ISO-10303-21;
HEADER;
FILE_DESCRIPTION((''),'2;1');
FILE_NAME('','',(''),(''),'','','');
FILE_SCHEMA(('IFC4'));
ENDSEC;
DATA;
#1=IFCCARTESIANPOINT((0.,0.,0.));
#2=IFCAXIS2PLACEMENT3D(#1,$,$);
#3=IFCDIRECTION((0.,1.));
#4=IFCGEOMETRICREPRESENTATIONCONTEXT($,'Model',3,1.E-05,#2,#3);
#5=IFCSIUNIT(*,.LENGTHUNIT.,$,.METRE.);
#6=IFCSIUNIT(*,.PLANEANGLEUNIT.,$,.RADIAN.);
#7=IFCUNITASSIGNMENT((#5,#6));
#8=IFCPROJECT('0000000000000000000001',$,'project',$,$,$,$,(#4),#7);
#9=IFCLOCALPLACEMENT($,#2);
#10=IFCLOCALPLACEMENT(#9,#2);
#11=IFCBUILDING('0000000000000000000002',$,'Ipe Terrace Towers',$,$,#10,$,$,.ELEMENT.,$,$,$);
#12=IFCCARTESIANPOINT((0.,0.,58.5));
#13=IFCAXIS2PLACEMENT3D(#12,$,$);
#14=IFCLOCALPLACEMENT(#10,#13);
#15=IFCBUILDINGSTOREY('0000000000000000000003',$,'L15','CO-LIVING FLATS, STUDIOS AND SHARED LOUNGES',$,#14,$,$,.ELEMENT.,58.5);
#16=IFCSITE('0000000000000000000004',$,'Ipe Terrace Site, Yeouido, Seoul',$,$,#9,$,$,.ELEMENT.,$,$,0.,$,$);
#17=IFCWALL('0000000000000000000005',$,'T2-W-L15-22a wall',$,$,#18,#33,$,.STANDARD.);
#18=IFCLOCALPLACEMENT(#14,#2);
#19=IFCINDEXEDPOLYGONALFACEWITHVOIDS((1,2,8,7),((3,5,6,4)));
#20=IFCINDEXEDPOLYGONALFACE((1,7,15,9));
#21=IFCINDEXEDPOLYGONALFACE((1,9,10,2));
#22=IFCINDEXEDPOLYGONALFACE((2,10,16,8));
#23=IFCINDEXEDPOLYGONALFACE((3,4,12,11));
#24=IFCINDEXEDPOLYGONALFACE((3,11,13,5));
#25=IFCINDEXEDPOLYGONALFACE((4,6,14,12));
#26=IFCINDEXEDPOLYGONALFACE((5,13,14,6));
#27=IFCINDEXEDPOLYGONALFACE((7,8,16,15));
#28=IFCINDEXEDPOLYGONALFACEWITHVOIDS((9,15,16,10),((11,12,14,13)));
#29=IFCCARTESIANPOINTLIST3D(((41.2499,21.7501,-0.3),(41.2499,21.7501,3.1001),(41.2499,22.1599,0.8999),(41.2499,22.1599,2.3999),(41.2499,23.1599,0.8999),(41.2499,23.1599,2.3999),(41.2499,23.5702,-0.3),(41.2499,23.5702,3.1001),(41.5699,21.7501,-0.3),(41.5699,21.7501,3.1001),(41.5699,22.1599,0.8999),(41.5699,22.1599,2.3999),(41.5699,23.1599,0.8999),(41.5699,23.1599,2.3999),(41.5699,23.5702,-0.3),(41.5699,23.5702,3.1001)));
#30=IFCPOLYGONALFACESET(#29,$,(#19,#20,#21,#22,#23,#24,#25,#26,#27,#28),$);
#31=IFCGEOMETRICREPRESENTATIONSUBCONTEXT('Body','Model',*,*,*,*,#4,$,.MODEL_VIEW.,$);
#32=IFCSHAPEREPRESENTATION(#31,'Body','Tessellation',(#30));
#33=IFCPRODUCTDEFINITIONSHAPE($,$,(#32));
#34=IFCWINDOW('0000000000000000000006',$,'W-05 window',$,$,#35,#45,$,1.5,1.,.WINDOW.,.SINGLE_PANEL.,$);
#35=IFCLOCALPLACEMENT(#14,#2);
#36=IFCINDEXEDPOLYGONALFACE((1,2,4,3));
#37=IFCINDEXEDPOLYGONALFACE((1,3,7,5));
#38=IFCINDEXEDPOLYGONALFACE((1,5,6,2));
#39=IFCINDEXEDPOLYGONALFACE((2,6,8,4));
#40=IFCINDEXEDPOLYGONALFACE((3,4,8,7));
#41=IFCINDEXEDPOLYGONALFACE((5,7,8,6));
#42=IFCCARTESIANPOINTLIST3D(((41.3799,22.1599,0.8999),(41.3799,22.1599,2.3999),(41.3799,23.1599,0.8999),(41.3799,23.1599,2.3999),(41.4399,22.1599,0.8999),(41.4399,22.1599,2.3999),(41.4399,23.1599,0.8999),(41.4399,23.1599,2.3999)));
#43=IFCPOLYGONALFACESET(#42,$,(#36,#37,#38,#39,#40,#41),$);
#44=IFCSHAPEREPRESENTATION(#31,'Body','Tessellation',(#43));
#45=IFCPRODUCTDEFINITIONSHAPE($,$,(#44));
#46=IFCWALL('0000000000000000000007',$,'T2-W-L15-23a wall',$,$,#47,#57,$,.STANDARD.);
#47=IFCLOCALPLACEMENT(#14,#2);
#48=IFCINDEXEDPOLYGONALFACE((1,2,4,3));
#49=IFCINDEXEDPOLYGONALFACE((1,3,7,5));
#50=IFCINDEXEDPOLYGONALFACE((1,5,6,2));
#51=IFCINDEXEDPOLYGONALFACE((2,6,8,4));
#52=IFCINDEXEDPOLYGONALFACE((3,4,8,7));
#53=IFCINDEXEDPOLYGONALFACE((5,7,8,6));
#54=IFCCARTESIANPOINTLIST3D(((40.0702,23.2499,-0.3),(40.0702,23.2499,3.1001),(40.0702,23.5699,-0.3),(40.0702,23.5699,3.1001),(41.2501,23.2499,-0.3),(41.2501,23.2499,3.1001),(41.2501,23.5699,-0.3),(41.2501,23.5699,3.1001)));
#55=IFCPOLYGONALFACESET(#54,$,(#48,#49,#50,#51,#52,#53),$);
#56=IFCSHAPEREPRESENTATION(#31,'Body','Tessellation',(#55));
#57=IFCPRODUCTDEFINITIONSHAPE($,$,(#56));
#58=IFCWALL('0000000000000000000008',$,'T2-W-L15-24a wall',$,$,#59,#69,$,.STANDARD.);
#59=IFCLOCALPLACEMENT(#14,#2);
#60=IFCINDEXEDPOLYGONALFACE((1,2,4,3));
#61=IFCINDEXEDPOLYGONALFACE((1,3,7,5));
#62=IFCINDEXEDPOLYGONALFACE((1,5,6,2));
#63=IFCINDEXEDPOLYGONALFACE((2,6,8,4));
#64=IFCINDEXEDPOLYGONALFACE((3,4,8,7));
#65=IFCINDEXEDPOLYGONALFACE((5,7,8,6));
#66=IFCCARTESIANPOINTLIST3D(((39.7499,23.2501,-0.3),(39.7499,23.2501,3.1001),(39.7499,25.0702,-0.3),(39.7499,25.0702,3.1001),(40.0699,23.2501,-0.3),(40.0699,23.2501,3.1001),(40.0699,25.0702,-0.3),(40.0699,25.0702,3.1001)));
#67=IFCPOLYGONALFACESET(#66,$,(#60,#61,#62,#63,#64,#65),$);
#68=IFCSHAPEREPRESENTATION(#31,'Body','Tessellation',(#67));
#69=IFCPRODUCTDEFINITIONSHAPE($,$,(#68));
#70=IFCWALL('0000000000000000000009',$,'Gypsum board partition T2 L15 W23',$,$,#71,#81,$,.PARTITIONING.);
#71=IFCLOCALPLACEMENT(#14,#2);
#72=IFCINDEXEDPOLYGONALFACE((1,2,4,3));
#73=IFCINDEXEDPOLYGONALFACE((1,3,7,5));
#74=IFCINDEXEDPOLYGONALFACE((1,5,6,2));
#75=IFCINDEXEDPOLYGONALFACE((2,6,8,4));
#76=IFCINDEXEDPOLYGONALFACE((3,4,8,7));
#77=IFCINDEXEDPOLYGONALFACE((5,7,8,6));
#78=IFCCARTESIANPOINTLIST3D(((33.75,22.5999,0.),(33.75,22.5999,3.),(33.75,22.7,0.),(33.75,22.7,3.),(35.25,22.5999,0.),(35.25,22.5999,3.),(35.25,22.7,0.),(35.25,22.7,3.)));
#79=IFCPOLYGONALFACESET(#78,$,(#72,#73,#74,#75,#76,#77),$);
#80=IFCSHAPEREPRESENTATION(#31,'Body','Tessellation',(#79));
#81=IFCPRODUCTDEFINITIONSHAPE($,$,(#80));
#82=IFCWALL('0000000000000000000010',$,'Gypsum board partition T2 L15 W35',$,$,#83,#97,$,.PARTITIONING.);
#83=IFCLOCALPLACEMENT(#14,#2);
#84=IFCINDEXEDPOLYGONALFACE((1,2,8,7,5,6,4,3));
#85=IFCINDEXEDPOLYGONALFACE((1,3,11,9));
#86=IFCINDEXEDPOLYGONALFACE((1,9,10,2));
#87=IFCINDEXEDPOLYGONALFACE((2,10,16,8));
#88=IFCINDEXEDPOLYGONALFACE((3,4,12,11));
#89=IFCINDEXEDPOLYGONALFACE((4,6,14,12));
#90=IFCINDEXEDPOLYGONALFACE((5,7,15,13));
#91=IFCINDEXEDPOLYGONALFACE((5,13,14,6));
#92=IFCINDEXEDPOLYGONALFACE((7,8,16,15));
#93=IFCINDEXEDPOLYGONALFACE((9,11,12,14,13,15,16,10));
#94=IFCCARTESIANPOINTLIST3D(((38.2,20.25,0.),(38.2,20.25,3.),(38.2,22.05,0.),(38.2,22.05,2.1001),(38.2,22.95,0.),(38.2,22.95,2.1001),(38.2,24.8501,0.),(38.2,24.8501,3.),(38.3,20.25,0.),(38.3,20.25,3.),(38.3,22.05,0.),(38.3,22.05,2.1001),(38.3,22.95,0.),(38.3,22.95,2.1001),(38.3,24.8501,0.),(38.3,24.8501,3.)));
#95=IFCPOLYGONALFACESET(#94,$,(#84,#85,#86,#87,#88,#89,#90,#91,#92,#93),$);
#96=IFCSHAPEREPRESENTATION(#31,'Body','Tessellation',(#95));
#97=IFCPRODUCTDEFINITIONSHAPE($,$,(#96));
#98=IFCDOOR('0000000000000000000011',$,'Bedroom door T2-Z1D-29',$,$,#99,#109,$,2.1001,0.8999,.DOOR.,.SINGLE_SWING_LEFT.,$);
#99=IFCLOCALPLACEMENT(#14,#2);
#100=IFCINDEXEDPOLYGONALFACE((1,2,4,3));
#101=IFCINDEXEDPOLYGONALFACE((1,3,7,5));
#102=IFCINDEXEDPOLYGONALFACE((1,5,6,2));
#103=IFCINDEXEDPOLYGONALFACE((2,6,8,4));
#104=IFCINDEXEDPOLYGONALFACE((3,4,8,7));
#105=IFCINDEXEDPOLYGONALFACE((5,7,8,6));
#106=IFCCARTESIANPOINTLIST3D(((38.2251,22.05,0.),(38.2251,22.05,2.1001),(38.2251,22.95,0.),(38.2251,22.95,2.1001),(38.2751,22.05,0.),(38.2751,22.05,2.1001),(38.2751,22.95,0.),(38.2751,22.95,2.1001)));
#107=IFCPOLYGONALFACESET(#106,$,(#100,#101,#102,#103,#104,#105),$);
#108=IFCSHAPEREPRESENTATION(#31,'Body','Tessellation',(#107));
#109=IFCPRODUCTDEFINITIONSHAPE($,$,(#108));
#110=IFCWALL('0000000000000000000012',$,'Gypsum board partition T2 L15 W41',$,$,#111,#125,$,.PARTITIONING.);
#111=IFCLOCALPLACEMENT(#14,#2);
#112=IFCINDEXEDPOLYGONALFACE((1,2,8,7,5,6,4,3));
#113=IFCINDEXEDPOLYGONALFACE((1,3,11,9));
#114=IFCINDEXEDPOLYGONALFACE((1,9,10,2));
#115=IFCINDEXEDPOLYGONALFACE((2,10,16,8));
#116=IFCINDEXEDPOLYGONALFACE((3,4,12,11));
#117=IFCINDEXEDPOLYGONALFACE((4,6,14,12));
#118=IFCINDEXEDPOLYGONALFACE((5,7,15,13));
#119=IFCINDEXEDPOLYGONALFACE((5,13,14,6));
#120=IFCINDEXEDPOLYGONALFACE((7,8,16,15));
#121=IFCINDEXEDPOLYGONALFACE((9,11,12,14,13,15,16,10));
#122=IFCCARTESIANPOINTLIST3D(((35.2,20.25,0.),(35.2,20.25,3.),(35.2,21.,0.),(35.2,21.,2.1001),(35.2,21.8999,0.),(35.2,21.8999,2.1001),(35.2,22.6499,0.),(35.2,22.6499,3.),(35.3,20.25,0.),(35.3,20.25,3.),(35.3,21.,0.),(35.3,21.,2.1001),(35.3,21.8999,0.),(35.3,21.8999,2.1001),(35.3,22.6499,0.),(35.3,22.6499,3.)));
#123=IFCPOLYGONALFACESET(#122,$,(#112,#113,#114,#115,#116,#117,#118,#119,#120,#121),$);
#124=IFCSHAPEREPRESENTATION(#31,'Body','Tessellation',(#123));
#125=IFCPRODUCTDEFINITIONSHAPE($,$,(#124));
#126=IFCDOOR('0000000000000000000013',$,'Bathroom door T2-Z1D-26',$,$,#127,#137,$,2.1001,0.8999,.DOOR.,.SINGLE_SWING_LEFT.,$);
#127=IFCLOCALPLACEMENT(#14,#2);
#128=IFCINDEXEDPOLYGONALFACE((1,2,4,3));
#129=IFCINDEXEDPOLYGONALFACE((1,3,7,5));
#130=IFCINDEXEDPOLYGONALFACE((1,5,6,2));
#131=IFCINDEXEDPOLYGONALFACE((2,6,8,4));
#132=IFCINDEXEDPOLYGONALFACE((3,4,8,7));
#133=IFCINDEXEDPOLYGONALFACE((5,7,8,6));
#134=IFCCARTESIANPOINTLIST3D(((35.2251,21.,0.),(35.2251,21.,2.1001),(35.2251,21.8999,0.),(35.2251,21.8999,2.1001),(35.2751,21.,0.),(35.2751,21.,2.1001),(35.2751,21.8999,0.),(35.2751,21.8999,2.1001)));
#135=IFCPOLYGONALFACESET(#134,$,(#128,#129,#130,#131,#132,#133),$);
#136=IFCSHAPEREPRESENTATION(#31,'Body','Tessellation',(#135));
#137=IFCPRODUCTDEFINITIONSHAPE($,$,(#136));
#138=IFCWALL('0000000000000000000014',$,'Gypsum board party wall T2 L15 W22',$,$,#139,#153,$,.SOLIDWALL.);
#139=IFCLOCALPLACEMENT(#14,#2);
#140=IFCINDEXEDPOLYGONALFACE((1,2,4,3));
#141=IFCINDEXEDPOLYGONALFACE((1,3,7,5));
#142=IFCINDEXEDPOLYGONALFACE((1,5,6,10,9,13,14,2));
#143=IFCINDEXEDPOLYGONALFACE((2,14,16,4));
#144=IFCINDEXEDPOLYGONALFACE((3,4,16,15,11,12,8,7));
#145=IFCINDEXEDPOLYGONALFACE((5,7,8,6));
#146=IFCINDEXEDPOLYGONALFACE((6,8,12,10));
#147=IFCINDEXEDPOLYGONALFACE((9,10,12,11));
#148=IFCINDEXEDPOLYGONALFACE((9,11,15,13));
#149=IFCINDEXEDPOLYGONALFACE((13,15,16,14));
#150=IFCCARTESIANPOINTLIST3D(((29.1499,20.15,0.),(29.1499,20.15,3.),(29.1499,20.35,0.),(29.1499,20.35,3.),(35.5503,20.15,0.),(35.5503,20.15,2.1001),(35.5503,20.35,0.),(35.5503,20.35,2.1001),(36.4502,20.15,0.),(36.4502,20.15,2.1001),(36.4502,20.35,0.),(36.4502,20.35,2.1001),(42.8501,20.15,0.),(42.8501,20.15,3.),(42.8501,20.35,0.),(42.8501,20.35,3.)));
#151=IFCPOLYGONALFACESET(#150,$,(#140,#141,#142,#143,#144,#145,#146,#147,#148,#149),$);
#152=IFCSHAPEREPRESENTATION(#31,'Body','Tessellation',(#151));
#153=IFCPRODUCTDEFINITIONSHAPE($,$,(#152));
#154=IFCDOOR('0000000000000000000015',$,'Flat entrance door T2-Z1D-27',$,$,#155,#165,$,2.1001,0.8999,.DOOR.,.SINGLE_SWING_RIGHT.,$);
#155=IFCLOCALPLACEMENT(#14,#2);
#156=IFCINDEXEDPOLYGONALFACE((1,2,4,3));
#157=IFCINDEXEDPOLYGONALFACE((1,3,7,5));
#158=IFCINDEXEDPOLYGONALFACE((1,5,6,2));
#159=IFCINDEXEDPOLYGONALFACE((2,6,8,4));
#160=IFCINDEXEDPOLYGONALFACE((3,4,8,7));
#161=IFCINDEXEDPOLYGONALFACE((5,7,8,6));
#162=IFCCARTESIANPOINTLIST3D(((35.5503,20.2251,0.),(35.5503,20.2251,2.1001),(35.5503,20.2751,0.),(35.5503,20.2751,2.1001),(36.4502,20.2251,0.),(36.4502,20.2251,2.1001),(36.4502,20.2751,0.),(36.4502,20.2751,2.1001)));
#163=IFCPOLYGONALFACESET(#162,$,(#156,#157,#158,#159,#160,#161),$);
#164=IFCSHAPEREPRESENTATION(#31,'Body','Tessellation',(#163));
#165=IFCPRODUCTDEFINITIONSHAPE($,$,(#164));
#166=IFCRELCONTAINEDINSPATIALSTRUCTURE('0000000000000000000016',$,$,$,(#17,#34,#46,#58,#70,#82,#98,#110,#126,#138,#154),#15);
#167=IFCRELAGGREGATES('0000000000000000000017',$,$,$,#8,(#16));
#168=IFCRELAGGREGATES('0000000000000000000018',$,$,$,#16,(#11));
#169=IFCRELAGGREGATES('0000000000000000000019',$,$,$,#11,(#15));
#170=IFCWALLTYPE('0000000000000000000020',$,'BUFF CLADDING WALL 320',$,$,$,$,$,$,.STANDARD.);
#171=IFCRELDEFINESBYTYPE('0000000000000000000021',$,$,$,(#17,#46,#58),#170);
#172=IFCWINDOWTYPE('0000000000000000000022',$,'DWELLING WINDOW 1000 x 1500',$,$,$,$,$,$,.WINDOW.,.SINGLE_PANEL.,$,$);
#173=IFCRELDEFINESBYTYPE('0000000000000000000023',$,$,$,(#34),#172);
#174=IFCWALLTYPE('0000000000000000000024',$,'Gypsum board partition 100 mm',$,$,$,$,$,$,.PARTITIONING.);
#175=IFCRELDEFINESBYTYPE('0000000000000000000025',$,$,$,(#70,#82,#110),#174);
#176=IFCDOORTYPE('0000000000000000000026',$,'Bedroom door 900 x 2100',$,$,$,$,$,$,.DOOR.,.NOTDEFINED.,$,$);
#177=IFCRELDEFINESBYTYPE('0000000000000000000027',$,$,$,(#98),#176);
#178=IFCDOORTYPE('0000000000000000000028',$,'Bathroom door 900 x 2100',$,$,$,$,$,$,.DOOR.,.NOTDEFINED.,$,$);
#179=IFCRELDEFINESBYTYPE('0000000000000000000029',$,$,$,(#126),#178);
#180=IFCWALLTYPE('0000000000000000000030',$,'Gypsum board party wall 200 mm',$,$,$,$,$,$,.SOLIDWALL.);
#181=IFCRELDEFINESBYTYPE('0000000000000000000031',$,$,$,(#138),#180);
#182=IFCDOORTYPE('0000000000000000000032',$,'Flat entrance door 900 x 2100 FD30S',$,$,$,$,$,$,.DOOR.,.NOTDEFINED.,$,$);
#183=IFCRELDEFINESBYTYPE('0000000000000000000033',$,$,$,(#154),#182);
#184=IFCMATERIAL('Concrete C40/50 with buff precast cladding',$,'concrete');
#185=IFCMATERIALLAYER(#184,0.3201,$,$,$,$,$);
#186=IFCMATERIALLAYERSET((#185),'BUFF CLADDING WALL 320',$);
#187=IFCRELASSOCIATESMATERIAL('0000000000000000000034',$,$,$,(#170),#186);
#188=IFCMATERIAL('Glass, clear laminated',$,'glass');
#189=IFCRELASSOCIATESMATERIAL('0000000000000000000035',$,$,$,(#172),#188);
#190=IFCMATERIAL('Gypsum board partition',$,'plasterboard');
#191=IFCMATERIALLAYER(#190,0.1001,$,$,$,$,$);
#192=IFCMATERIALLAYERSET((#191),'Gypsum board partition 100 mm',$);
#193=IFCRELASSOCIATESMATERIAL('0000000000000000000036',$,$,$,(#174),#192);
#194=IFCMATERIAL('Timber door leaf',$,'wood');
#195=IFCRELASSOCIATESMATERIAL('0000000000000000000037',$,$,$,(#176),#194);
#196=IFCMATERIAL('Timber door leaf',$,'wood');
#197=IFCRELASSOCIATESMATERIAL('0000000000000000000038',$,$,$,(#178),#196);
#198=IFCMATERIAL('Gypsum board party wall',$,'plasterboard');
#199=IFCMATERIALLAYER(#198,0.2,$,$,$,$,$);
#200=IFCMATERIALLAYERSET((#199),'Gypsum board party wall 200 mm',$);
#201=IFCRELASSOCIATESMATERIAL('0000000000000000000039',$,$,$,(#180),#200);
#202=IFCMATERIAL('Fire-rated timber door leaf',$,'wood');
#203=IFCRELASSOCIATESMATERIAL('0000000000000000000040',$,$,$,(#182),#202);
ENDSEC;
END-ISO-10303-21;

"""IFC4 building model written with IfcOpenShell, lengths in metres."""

from ifc_helpers import new_model, si_unit, direction, frame, frame_2d, origin, place, context, subcontext, project, spatial, rectangle, extrude, material, layer, layer_set, type_object, element, fill, save


model = new_model("IFC4")

# Units and contexts
model_context = context("Model", 3, precision=1e-05, world=origin(), true_north=direction((0.0, 1.0)))
body_context = subcontext(model_context, "Body", "Model", "MODEL_VIEW")
ifc_project = project(units=[si_unit("LENGTHUNIT", "METRE"), si_unit("PLANEANGLEUNIT", "RADIAN")], contexts=[model_context])

# Site, building, storey
site_placement = place(None, origin())
site = spatial("IfcSite", under=ifc_project, at=site_placement, Name="Ipe Terrace Site, Yeouido, Seoul", CompositionType="ELEMENT", RefElevation=0.0)
building_placement = place(site_placement, origin())
building = spatial("IfcBuilding", under=site, at=building_placement, Name="Ipe Terrace Towers", CompositionType="ELEMENT")
storey_placement = place(building_placement, frame((0.0, 0.0, 58.5)))
storey = spatial("IfcBuildingStorey", under=building, at=storey_placement, Name="L15", Description="CO-LIVING FLATS, STUDIOS AND SHARED LOUNGES", CompositionType="ELEMENT", Elevation=58.5)

# Shared definitions
ifc_material_1 = material(Name="Concrete C40/50 with buff precast cladding", Category="concrete")
ifc_layer_1 = layer(ifc_material_1, 0.3201)
ifc_layer_set_1 = layer_set([ifc_layer_1], Name="BUFF CLADDING WALL 320")
wall_type_1 = type_object("IfcWallType", Name="BUFF CLADDING WALL 320", PredefinedType="STANDARD", material=ifc_layer_set_1)

# Wall, opening, window
wall_1_placement = place(storey_placement, frame((41.4099, 21.75, -0.3), z_axis=(0.0, 0.0, 1.0), x_axis=(0.0, 1.0, 0.0)))
wall_1 = element("IfcWall", 1, at=wall_1_placement, inside=storey, type_object=wall_type_1, Name="T2-W-L15-22a wall", PredefinedType="STANDARD", context=body_context, shape_type="SweptSolid", body=[
    extrude(rectangle(XDim=1.8201, YDim=0.3201, at=frame_2d((0.9102, 0.0))), origin(), (0.0, 0.0, 1.0), 3.4001),
])
opening_1_placement = place(wall_1_placement, frame((0.4099, 0.0, 1.2)))
opening_1 = element("IfcOpeningElement", 2, at=opening_1_placement, cuts=wall_1, PredefinedType="OPENING", context=body_context, shape_type="SweptSolid", body=[
    extrude(rectangle(XDim=1.0, YDim=1.5, at=frame_2d((0.5, 0.75))), frame((0.0, 0.1699, 0.0), z_axis=(0.0, -1.0, 0.0), x_axis=(1.0, 0.0, 0.0)), (0.0, 0.0, 1.0), 0.3401),
])
ifc_material_2 = material(Name="Glass, clear laminated", Category="glass")
window_type = type_object("IfcWindowType", Name="DWELLING WINDOW 1000 x 1500", PartitioningType="SINGLE_PANEL", PredefinedType="WINDOW", material=ifc_material_2)
window_placement = place(opening_1_placement, origin())
window = element("IfcWindow", 3, at=window_placement, inside=storey, type_object=window_type, Name="W-05 window", OverallHeight=1.5, OverallWidth=1.0, PartitioningType="SINGLE_PANEL", PredefinedType="WINDOW", context=body_context, shape_type="SweptSolid", body=[
    extrude(rectangle(XDim=1.0, YDim=1.5, at=frame_2d((0.5, 0.75))), frame((0.0, 0.03, 0.0), z_axis=(0.0, -1.0, 0.0), x_axis=(1.0, 0.0, 0.0)), (0.0, 0.0, 1.0), 0.0601),
])
fill(opening_1, window)

# Walls
wall_2_placement = place(storey_placement, frame((41.25, 23.4099, -0.3), z_axis=(0.0, 0.0, 1.0), x_axis=(-1.0, 0.0, 0.0)))
element("IfcWall", 4, at=wall_2_placement, inside=storey, type_object=wall_type_1, Name="T2-W-L15-23a wall", PredefinedType="STANDARD", context=body_context, shape_type="SweptSolid", body=[
    extrude(rectangle(XDim=1.1799, YDim=0.3201, at=frame_2d((0.5898, 0.0))), origin(), (0.0, 0.0, 1.0), 3.4001),
])
wall_3_placement = place(storey_placement, frame((39.9099, 23.25, -0.3), z_axis=(0.0, 0.0, 1.0), x_axis=(0.0, 1.0, 0.0)))
element("IfcWall", 5, at=wall_3_placement, inside=storey, type_object=wall_type_1, Name="T2-W-L15-24a wall", PredefinedType="STANDARD", context=body_context, shape_type="SweptSolid", body=[
    extrude(rectangle(XDim=1.8201, YDim=0.3201, at=frame_2d((0.9102, 0.0))), origin(), (0.0, 0.0, 1.0), 3.4001),
])
ifc_material_3 = material(Name="Gypsum board partition", Category="plasterboard")
ifc_layer_2 = layer(ifc_material_3, 0.1001)
ifc_layer_set_2 = layer_set([ifc_layer_2], Name="Gypsum board partition 100 mm")
wall_type_2 = type_object("IfcWallType", Name="Gypsum board partition 100 mm", PredefinedType="PARTITIONING", material=ifc_layer_set_2)
wall_4_placement = place(storey_placement, frame((35.25, 22.6499, 0.0), z_axis=(0.0, 0.0, 1.0), x_axis=(-1.0, 0.0, 0.0)))
element("IfcWall", 6, at=wall_4_placement, inside=storey, type_object=wall_type_2, Name="Gypsum board partition T2 L15 W23", PredefinedType="PARTITIONING", context=body_context, shape_type="SweptSolid", body=[
    extrude(rectangle(XDim=1.5, YDim=0.1001, at=frame_2d((0.75, 0.0))), origin(), (0.0, 0.0, 1.0), 3.0),
])

# Walls, openings, doors
wall_5_placement = place(storey_placement, frame((38.25, 20.25, 0.0), z_axis=(0.0, 0.0, 1.0), x_axis=(0.0, 1.0, 0.0)))
wall_5 = element("IfcWall", 7, at=wall_5_placement, inside=storey, type_object=wall_type_2, Name="Gypsum board partition T2 L15 W35", PredefinedType="PARTITIONING", context=body_context, shape_type="SweptSolid", body=[
    extrude(rectangle(XDim=4.6001, YDim=0.1001, at=frame_2d((2.3, 0.0))), origin(), (0.0, 0.0, 1.0), 3.0),
])
opening_2_placement = place(wall_5_placement, frame((1.8, 0.0, 0.0)))
opening_2 = element("IfcOpeningElement", 8, at=opening_2_placement, cuts=wall_5, PredefinedType="OPENING", context=body_context, shape_type="SweptSolid", body=[
    extrude(rectangle(XDim=0.8999, YDim=2.1001, at=frame_2d((0.45, 1.05))), frame((0.0, 0.0601, 0.0), z_axis=(0.0, -1.0, 0.0), x_axis=(1.0, 0.0, 0.0)), (0.0, 0.0, 1.0), 0.1201),
])
ifc_material_4 = material(Name="Timber door leaf", Category="wood")
door_type_1 = type_object("IfcDoorType", Name="Bedroom door 900 x 2100", OperationType="NOTDEFINED", PredefinedType="DOOR", material=ifc_material_4)
door_1_placement = place(opening_2_placement, origin())
door_1 = element("IfcDoor", 9, at=door_1_placement, inside=storey, type_object=door_type_1, Name="Bedroom door T2-Z1D-29", OperationType="SINGLE_SWING_LEFT", OverallHeight=2.1001, OverallWidth=0.8999, PredefinedType="DOOR", context=body_context, shape_type="SweptSolid", body=[
    extrude(rectangle(XDim=0.8999, YDim=2.1001, at=frame_2d((0.45, 1.05))), frame((0.0, 0.0249, 0.0), z_axis=(0.0, -1.0, 0.0), x_axis=(1.0, 0.0, 0.0)), (0.0, 0.0, 1.0), 0.05),
])
fill(opening_2, door_1)
wall_6_placement = place(storey_placement, frame((35.25, 20.25, 0.0), z_axis=(0.0, 0.0, 1.0), x_axis=(0.0, 1.0, 0.0)))
wall_6 = element("IfcWall", 10, at=wall_6_placement, inside=storey, type_object=wall_type_2, Name="Gypsum board partition T2 L15 W41", PredefinedType="PARTITIONING", context=body_context, shape_type="SweptSolid", body=[
    extrude(rectangle(XDim=2.3999, YDim=0.1001, at=frame_2d((1.2, 0.0))), origin(), (0.0, 0.0, 1.0), 3.0),
])
opening_3_placement = place(wall_6_placement, frame((0.75, 0.0, 0.0)))
opening_3 = element("IfcOpeningElement", 11, at=opening_3_placement, cuts=wall_6, PredefinedType="OPENING", context=body_context, shape_type="SweptSolid", body=[
    extrude(rectangle(XDim=0.8999, YDim=2.1001, at=frame_2d((0.45, 1.05))), frame((0.0, 0.0601, 0.0), z_axis=(0.0, -1.0, 0.0), x_axis=(1.0, 0.0, 0.0)), (0.0, 0.0, 1.0), 0.1201),
])
ifc_material_5 = material(Name="Timber door leaf", Category="wood")
door_type_2 = type_object("IfcDoorType", Name="Bathroom door 900 x 2100", OperationType="NOTDEFINED", PredefinedType="DOOR", material=ifc_material_5)
door_2_placement = place(opening_3_placement, origin())
door_2 = element("IfcDoor", 12, at=door_2_placement, inside=storey, type_object=door_type_2, Name="Bathroom door T2-Z1D-26", OperationType="SINGLE_SWING_LEFT", OverallHeight=2.1001, OverallWidth=0.8999, PredefinedType="DOOR", context=body_context, shape_type="SweptSolid", body=[
    extrude(rectangle(XDim=0.8999, YDim=2.1001, at=frame_2d((0.45, 1.05))), frame((0.0, 0.0249, 0.0), z_axis=(0.0, -1.0, 0.0), x_axis=(1.0, 0.0, 0.0)), (0.0, 0.0, 1.0), 0.05),
])
fill(opening_3, door_2)
ifc_material_6 = material(Name="Gypsum board party wall", Category="plasterboard")
ifc_layer_3 = layer(ifc_material_6, 0.2)
ifc_layer_set_3 = layer_set([ifc_layer_3], Name="Gypsum board party wall 200 mm")
wall_type_3 = type_object("IfcWallType", Name="Gypsum board party wall 200 mm", PredefinedType="SOLIDWALL", material=ifc_layer_set_3)
wall_7_placement = place(storey_placement, frame((42.8501, 20.25, 0.0), z_axis=(0.0, 0.0, 1.0), x_axis=(-1.0, 0.0, 0.0)))
wall_7 = element("IfcWall", 13, at=wall_7_placement, inside=storey, type_object=wall_type_3, Name="Gypsum board party wall T2 L15 W22", PredefinedType="SOLIDWALL", context=body_context, shape_type="SweptSolid", body=[
    extrude(rectangle(XDim=13.7002, YDim=0.2, at=frame_2d((6.8501, 0.0))), origin(), (0.0, 0.0, 1.0), 3.0),
])
opening_4_placement = place(wall_7_placement, frame((6.3999, 0.0, 0.0)))
opening_4 = element("IfcOpeningElement", 14, at=opening_4_placement, cuts=wall_7, PredefinedType="OPENING", context=body_context, shape_type="SweptSolid", body=[
    extrude(rectangle(XDim=0.8999, YDim=2.1001, at=frame_2d((0.45, 1.05))), frame((0.0, 0.1099, 0.0), z_axis=(0.0, -1.0, 0.0), x_axis=(1.0, 0.0, 0.0)), (0.0, 0.0, 1.0), 0.22),
])
ifc_material_7 = material(Name="Fire-rated timber door leaf", Category="wood")
door_type_3 = type_object("IfcDoorType", Name="Flat entrance door 900 x 2100 FD30S", OperationType="NOTDEFINED", PredefinedType="DOOR", material=ifc_material_7)
door_3_placement = place(opening_4_placement, origin())
door_3 = element("IfcDoor", 15, at=door_3_placement, inside=storey, type_object=door_type_3, Name="Flat entrance door T2-Z1D-27", OperationType="SINGLE_SWING_RIGHT", OverallHeight=2.1001, OverallWidth=0.8999, PredefinedType="DOOR", context=body_context, shape_type="SweptSolid", body=[
    extrude(rectangle(XDim=0.8999, YDim=2.1001, at=frame_2d((0.45, 1.05))), frame((0.0, 0.0249, 0.0), z_axis=(0.0, -1.0, 0.0), x_axis=(1.0, 0.0, 0.0)), (0.0, 0.0, 1.0), 0.05),
])
fill(opening_4, door_3)

save(model, "model.ifc")
